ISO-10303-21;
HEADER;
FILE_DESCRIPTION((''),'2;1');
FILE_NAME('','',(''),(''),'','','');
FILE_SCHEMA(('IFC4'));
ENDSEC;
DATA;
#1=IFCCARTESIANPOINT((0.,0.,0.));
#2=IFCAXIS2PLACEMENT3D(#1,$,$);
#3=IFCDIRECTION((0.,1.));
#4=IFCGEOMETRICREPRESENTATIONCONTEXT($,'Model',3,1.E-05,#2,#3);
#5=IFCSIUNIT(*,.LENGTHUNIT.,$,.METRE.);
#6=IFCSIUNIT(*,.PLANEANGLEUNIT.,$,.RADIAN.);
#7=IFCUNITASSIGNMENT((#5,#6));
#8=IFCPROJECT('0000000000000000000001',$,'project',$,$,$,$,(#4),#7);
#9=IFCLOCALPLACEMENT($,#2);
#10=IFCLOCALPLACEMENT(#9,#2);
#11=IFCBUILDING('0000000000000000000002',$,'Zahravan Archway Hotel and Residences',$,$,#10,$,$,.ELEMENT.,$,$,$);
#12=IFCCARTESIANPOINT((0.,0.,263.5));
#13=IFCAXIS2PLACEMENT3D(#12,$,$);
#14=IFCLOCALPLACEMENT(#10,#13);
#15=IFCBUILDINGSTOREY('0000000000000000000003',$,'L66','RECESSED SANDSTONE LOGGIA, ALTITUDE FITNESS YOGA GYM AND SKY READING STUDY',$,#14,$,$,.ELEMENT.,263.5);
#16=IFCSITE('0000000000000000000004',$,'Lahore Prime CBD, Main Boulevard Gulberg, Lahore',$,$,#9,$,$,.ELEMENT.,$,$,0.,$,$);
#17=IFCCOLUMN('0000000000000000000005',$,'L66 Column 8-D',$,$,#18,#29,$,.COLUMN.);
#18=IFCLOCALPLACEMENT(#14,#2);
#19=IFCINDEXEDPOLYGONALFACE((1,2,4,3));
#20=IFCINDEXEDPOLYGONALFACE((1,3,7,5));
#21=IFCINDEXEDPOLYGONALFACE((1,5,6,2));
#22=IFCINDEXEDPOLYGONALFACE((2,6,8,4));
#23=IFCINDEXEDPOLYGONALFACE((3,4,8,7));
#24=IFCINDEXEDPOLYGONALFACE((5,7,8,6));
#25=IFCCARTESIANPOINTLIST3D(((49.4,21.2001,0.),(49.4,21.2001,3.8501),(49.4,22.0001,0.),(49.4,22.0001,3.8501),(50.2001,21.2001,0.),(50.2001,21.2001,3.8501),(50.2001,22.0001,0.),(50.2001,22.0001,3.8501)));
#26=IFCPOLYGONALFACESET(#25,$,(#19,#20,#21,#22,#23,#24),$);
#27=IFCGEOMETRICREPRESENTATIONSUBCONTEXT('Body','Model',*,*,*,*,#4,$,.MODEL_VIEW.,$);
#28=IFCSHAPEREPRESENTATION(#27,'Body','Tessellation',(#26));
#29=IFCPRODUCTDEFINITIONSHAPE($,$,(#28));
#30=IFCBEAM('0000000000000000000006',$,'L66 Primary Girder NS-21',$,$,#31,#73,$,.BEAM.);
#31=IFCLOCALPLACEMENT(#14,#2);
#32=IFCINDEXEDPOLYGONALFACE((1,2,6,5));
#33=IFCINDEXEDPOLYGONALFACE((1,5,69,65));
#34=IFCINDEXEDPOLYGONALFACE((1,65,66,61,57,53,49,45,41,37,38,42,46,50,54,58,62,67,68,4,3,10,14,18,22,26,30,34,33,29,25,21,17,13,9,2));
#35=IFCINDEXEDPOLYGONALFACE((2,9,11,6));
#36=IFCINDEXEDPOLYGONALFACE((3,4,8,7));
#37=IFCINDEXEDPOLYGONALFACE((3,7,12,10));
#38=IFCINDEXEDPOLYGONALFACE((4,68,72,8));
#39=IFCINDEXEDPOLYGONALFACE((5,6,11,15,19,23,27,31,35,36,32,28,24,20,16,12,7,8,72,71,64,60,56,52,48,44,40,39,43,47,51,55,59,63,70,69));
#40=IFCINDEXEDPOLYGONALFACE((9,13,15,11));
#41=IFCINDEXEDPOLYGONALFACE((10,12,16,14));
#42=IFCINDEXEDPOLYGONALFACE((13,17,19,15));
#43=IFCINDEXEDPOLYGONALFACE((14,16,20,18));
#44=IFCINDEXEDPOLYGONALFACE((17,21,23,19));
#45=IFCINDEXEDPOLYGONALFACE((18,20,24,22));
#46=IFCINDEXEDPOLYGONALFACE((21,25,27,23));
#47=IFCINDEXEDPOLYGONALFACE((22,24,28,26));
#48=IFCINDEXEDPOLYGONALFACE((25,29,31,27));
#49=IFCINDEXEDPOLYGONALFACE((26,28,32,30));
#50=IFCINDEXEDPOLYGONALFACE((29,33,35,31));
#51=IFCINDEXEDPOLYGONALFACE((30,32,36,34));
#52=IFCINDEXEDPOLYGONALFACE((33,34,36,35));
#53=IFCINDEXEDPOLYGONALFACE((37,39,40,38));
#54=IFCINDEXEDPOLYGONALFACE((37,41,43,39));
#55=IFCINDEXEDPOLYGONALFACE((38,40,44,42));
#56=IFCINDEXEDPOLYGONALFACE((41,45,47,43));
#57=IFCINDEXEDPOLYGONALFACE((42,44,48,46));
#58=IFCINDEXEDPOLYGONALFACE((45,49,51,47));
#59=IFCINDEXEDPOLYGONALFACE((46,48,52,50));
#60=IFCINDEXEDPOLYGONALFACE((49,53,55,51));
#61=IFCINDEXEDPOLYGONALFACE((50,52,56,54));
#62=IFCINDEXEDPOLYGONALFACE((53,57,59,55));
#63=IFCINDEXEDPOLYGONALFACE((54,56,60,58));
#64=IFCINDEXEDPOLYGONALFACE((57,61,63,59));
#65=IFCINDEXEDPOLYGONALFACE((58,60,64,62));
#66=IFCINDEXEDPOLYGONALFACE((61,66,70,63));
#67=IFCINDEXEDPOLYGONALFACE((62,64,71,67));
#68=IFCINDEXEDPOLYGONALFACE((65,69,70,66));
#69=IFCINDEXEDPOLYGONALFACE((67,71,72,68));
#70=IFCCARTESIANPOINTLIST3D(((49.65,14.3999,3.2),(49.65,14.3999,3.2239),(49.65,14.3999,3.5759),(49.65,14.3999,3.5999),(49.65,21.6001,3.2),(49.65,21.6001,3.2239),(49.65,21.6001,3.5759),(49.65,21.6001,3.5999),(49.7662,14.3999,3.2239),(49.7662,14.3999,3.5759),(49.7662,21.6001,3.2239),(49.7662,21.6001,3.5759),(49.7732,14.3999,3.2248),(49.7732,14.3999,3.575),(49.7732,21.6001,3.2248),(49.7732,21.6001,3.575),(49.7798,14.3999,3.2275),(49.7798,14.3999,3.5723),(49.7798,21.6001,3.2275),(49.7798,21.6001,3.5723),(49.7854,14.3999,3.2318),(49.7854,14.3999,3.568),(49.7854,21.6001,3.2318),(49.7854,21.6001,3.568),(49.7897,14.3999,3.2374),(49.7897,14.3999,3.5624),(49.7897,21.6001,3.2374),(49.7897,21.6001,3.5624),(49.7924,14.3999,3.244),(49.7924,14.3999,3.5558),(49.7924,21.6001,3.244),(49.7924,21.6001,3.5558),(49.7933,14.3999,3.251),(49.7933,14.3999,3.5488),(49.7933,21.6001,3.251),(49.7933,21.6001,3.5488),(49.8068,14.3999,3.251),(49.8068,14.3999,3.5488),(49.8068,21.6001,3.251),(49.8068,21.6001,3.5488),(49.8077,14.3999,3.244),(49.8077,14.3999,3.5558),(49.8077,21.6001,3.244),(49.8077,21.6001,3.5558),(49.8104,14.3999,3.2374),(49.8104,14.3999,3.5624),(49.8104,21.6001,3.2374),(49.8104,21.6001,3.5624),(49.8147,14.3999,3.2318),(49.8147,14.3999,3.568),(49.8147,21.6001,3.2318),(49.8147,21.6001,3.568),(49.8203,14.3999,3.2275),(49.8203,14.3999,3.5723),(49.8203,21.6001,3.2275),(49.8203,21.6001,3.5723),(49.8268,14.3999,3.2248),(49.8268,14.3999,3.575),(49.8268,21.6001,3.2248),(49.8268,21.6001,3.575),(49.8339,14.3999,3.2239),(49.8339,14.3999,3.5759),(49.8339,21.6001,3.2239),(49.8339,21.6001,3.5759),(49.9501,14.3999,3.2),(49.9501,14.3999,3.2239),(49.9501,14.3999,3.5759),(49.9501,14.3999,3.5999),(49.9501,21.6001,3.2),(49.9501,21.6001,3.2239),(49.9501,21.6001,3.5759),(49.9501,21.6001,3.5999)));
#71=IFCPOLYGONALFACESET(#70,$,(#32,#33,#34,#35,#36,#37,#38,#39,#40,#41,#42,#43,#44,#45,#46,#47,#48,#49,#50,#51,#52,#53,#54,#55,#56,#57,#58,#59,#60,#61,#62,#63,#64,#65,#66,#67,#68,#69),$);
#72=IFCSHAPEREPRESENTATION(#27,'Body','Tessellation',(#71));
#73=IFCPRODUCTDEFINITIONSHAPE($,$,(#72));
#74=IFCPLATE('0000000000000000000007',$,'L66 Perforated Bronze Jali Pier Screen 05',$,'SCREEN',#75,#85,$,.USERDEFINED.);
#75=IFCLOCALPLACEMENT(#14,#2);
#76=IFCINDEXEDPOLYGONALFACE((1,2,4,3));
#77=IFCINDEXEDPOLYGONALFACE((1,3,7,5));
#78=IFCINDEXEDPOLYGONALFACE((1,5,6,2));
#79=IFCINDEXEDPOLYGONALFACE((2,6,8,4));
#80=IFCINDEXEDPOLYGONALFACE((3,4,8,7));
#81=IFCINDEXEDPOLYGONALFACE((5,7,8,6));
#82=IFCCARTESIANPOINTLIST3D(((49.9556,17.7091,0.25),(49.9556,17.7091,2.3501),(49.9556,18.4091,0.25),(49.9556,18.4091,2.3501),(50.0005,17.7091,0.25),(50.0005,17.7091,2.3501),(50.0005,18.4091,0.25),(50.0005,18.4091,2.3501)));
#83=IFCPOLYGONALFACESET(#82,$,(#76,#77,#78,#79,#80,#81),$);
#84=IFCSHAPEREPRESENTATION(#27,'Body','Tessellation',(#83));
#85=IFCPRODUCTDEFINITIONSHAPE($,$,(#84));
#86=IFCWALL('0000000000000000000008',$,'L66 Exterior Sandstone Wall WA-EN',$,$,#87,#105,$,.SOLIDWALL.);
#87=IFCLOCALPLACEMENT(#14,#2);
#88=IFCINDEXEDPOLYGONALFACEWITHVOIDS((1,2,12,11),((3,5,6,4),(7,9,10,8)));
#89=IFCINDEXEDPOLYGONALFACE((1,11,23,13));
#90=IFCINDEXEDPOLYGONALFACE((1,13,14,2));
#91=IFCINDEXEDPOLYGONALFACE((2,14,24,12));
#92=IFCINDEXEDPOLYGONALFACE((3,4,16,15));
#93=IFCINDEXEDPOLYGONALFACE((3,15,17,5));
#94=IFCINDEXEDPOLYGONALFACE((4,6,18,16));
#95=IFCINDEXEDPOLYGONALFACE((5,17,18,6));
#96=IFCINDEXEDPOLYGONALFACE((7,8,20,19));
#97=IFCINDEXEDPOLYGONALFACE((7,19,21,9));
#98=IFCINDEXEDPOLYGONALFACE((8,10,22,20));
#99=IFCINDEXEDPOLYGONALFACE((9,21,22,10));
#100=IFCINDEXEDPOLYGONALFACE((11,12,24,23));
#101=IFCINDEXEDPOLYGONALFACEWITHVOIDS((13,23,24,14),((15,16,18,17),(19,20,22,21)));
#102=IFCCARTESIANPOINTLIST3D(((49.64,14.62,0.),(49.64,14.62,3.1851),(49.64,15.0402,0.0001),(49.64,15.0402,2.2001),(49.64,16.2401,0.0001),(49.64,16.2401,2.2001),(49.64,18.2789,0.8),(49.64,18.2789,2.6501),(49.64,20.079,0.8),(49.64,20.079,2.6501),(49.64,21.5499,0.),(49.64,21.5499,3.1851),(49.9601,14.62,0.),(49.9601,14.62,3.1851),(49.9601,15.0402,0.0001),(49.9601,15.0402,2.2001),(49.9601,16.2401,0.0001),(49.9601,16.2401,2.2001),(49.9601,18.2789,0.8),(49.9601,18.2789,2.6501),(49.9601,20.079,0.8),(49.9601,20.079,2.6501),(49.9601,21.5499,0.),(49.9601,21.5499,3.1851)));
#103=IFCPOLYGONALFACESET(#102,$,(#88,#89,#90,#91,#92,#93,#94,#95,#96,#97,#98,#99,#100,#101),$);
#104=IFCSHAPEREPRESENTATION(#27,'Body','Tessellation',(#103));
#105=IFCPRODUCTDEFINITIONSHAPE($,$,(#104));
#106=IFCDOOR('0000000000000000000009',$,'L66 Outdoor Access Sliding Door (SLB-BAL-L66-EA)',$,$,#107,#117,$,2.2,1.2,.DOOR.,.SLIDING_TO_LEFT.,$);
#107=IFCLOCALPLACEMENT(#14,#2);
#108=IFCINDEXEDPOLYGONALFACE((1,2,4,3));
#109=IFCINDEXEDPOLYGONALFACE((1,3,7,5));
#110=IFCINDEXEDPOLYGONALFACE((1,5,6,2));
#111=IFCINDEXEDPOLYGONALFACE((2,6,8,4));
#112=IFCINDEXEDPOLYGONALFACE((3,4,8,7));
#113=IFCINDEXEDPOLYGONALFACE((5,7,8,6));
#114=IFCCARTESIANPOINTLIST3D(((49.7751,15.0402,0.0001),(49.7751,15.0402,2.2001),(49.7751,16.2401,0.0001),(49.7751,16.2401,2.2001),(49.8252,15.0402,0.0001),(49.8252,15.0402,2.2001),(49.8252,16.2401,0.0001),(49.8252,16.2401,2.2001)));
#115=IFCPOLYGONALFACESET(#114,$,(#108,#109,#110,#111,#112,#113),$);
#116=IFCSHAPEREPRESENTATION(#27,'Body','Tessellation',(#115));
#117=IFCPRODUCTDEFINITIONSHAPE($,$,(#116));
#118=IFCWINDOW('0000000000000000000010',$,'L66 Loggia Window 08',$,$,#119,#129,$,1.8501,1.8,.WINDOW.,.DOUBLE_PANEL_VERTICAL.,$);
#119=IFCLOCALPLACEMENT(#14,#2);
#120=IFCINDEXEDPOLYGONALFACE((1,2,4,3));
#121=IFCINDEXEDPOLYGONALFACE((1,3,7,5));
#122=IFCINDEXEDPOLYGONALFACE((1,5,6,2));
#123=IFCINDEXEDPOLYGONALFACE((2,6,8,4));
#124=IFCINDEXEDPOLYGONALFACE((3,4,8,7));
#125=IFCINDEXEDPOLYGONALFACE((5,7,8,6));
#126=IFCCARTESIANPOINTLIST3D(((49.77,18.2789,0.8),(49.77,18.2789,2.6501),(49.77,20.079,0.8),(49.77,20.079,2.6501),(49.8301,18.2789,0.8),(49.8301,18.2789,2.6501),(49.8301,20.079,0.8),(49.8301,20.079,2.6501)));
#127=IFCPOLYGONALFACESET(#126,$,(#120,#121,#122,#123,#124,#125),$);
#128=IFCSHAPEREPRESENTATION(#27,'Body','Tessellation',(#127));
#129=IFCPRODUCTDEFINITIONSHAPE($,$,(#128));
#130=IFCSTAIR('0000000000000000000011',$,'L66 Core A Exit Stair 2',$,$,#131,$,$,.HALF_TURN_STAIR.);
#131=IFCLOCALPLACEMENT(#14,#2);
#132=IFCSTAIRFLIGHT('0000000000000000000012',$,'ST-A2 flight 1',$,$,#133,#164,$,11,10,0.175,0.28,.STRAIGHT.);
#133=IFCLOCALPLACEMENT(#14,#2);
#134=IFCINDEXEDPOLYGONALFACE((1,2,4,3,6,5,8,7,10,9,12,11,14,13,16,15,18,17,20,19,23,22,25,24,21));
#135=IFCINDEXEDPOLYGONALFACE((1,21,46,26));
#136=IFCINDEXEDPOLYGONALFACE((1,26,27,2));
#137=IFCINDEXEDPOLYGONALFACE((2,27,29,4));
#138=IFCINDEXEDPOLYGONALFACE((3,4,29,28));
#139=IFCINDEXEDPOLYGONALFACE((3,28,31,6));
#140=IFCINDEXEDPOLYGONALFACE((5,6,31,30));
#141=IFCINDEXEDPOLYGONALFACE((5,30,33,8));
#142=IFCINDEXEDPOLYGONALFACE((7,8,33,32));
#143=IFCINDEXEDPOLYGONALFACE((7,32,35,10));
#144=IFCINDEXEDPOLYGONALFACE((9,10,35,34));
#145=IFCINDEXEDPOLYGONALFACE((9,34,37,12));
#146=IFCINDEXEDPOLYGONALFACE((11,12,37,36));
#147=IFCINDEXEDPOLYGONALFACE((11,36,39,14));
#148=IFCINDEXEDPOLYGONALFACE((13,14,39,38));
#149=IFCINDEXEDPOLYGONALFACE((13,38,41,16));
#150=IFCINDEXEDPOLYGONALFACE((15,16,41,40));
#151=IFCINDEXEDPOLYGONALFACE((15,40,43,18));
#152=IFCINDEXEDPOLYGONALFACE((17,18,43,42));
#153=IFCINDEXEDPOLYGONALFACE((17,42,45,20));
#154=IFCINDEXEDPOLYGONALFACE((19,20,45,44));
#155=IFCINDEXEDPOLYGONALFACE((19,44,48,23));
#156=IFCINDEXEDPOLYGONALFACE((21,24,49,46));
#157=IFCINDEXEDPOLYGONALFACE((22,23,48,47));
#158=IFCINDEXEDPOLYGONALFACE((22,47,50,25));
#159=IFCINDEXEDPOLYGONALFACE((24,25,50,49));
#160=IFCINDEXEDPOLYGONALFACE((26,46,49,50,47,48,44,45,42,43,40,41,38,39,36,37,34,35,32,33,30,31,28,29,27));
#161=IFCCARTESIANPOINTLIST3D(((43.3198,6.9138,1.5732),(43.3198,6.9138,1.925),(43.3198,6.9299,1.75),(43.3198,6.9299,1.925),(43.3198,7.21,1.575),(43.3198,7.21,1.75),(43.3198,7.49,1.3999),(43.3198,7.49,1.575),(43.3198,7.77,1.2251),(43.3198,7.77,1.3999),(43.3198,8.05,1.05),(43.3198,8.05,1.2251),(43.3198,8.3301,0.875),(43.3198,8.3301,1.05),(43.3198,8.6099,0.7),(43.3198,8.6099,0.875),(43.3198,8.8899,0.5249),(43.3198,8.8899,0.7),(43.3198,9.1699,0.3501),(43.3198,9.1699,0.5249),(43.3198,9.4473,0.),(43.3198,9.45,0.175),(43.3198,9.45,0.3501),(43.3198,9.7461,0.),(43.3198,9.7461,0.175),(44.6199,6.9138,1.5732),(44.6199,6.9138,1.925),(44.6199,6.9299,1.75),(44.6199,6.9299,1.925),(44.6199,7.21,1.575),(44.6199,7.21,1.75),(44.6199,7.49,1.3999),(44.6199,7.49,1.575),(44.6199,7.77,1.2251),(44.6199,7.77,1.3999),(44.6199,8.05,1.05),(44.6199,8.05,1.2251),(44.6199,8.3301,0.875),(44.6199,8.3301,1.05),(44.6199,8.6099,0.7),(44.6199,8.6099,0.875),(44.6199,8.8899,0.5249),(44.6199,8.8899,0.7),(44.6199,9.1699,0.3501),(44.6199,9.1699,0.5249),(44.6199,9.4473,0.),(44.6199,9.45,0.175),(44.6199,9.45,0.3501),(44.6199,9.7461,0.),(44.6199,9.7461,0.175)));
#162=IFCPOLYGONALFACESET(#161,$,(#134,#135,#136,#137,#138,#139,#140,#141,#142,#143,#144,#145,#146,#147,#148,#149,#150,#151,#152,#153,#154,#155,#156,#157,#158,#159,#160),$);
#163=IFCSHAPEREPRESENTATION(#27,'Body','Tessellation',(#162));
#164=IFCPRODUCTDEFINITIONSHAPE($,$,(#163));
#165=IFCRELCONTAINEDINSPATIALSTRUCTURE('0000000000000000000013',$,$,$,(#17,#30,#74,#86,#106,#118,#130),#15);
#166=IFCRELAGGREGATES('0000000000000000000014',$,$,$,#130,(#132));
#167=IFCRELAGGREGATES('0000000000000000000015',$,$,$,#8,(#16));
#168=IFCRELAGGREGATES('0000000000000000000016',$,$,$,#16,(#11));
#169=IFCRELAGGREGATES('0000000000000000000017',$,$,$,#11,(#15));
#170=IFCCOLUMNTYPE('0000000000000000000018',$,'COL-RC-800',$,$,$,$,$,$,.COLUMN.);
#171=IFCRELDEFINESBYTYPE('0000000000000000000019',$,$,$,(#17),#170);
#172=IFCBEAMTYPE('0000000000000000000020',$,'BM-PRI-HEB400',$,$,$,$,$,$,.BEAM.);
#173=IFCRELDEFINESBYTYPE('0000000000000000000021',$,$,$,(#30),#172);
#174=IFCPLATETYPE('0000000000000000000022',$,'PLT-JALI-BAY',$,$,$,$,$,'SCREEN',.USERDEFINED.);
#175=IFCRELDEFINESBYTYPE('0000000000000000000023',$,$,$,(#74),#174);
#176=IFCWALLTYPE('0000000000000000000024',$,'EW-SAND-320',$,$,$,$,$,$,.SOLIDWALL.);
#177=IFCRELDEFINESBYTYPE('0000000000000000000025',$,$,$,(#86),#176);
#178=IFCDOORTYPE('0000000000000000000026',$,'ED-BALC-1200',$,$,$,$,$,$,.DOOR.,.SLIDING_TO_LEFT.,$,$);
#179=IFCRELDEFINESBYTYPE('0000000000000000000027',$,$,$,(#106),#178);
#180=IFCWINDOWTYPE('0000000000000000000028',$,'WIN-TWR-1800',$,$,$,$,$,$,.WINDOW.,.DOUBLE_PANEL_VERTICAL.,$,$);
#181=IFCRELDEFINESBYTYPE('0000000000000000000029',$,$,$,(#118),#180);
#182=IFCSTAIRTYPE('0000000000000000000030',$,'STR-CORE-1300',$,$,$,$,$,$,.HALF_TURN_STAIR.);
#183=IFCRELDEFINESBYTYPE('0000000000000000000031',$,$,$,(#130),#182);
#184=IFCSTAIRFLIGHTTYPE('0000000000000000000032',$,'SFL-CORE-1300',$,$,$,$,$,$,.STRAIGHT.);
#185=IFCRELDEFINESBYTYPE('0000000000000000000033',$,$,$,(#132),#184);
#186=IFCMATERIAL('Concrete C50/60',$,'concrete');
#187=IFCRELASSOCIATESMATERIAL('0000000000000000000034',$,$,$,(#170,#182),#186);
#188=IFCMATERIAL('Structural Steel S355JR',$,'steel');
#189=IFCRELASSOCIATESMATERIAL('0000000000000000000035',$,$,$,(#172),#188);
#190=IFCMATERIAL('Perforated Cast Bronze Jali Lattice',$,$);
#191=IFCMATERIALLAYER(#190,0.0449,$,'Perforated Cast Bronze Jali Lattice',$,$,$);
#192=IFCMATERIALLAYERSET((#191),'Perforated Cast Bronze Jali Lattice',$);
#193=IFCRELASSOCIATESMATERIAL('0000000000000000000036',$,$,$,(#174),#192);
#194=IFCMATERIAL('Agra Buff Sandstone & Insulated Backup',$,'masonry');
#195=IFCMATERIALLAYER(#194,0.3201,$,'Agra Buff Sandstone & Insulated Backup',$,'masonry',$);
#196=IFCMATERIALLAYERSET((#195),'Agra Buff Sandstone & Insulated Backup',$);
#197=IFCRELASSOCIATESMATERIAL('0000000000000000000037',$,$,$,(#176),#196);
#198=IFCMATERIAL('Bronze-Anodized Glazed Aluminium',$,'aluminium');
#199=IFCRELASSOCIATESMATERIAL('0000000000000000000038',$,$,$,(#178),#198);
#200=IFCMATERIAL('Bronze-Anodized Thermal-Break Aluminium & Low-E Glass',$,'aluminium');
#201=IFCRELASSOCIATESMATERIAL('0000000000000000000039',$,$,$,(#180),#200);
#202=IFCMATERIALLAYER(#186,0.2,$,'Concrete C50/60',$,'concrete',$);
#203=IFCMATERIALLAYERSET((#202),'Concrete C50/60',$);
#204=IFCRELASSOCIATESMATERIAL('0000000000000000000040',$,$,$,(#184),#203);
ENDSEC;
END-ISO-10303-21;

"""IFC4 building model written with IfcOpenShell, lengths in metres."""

from ifc_helpers import new_model, si_unit, direction, frame, frame_2d, origin, origin_2d, place, context, subcontext, project, spatial, polyline, rectangle, i_section, outline, extrude, source, transform, mapped, material, layer, layer_set, material_profile, profile_set, type_object, type_shapes, element, fill, aggregate, save


model = new_model("IFC4")

# Units and contexts
model_context = context("Model", 3, precision=1e-05, world=origin(), true_north=direction((0.0, 1.0)))
body_context = subcontext(model_context, "Body", "Model", "MODEL_VIEW")
ifc_project = project(units=[si_unit("LENGTHUNIT", "METRE"), si_unit("PLANEANGLEUNIT", "RADIAN")], contexts=[model_context])

# Site, building, storey
site_placement = place(None, origin())
site = spatial("IfcSite", under=ifc_project, at=site_placement, Name="Lahore Prime CBD, Main Boulevard Gulberg, Lahore", CompositionType="ELEMENT", RefElevation=0.0)
building_placement = place(site_placement, origin())
building = spatial("IfcBuilding", under=site, at=building_placement, Name="Zahravan Archway Hotel and Residences", CompositionType="ELEMENT")
storey_placement = place(building_placement, frame((0.0, 0.0, 263.5)))
storey = spatial("IfcBuildingStorey", under=building, at=storey_placement, Name="L66", Description="RECESSED SANDSTONE LOGGIA, ALTITUDE FITNESS YOGA GYM AND SKY READING STUDY", CompositionType="ELEMENT", Elevation=263.5)

# Column
ifc_material_1 = material(Name="Concrete C50/60", Category="concrete")
ifc_material_profile_1 = material_profile(ifc_material_1, rectangle(XDim=0.8, YDim=0.8, at=origin_2d()), Name="RC-COL-800x800", Category="concrete")
ifc_profile_set_1 = profile_set([ifc_material_profile_1], Name="Concrete C50/60")
column_type = type_object("IfcColumnType", Name="COL-RC-800", PredefinedType="COLUMN", material=ifc_profile_set_1)
shared_shape_1 = source(origin(), body_context, "Body", "SweptSolid", [
    extrude(rectangle(XDim=0.8, YDim=0.8, at=origin_2d()), origin(), (0.0, 0.0, 1.0), 3.8501),
])
column_placement = place(storey_placement, frame((49.8, 21.6001, 0.0), z_axis=(0.0, 0.0, 1.0), x_axis=(1.0, 0.0, 0.0)))
element("IfcColumn", 1, at=column_placement, inside=storey, type_object=column_type, Name="L66 Column 8-D", PredefinedType="COLUMN", context=body_context, shape_type="MappedRepresentation", body=[
    mapped(shared_shape_1, transform((0.0, 0.0, 0.0), scale=1.0)),
])

# Beam
ifc_material_2 = material(Name="Structural Steel S355JR", Category="steel")
ifc_material_profile_2 = material_profile(ifc_material_2, i_section(OverallWidth=0.3, OverallDepth=0.3999, WebThickness=0.0134, FlangeThickness=0.0239, FilletRadius=0.0271, at=origin_2d()), Name="HEB 400", Category="steel")
ifc_profile_set_2 = profile_set([ifc_material_profile_2], Name="Structural Steel S355JR")
beam_type = type_object("IfcBeamType", Name="BM-PRI-HEB400", PredefinedType="BEAM", material=ifc_profile_set_2)
shared_shape_2 = source(origin(), body_context, "Body", "SweptSolid", [
    extrude(i_section(OverallWidth=0.3, OverallDepth=0.3999, WebThickness=0.0134, FlangeThickness=0.0239, FilletRadius=0.0271, at=origin_2d()), origin(), (0.0, 0.0, 1.0), 7.2002),
])
beam_placement = place(storey_placement, frame((49.8, 14.3999, 3.3999), z_axis=(0.0, 1.0, 0.0), x_axis=(-1.0, 0.0, 0.0)))
element("IfcBeam", 2, at=beam_placement, inside=storey, type_object=beam_type, Name="L66 Primary Girder NS-21", PredefinedType="BEAM", context=body_context, shape_type="MappedRepresentation", body=[
    mapped(shared_shape_2, transform((0.0, 0.0, 0.0), scale=1.0)),
])

# Plate
ifc_material_3 = material(Name="Perforated Cast Bronze Jali Lattice")
ifc_layer_1 = layer(ifc_material_3, 0.0449, Name="Perforated Cast Bronze Jali Lattice")
ifc_layer_set_1 = layer_set([ifc_layer_1], Name="Perforated Cast Bronze Jali Lattice")
plate_type = type_object("IfcPlateType", Name="PLT-JALI-BAY", ElementType="SCREEN", PredefinedType="USERDEFINED", material=ifc_layer_set_1)
shared_shape_3 = source(origin(), body_context, "Body", "SweptSolid", [
    extrude(rectangle(XDim=0.7, YDim=0.0449, at=origin_2d()), origin(), (0.0, 0.0, 1.0), 2.1001),
])
type_shapes(plate_type, [shared_shape_3])
plate_placement = place(storey_placement, frame((49.978, 18.0591, 0.25), z_axis=(0.0, 0.0, 1.0), x_axis=(0.0, 1.0, 0.0)))
element("IfcPlate", 3, at=plate_placement, inside=storey, type_object=plate_type, Name="L66 Perforated Bronze Jali Pier Screen 05", ObjectType="SCREEN", PredefinedType="USERDEFINED", context=body_context, shape_type="MappedRepresentation", body=[
    mapped(shared_shape_3, transform((0.0, 0.0, 0.0), scale=1.0)),
])

# Wall, openings, door, window
ifc_material_4 = material(Name="Agra Buff Sandstone & Insulated Backup", Category="masonry")
ifc_layer_2 = layer(ifc_material_4, 0.3201, Name="Agra Buff Sandstone & Insulated Backup", Category="masonry")
ifc_layer_set_2 = layer_set([ifc_layer_2], Name="Agra Buff Sandstone & Insulated Backup")
wall_type_1 = type_object("IfcWallType", Name="EW-SAND-320", PredefinedType="SOLIDWALL", material=ifc_layer_set_2)
wall_1_placement = place(storey_placement, frame((49.8, 14.6201, 0.0), z_axis=(0.0, 0.0, 1.0), x_axis=(0.0, 1.0, 0.0)))
wall_1 = element("IfcWall", 4, at=wall_1_placement, inside=storey, type_object=wall_type_1, Name="L66 Exterior Sandstone Wall WA-EN", PredefinedType="SOLIDWALL", context=body_context, shape_type="SweptSolid", body=[
    extrude(rectangle(XDim=6.9299, YDim=0.3201, at=frame_2d((3.4648, 0.0))), origin(), (0.0, 0.0, 1.0), 3.1851),
])
opening_1_placement = place(wall_1_placement, frame((0.4199, 0.0, 0.0)))
opening_1 = element("IfcOpeningElement", 5, at=opening_1_placement, cuts=wall_1, PredefinedType="OPENING", context=body_context, shape_type="SweptSolid", body=[
    extrude(rectangle(XDim=1.2, YDim=2.2, at=frame_2d((0.6001, 1.1001))), frame((0.0, 0.1699, 0.0), z_axis=(0.0, -1.0, 0.0), x_axis=(1.0, 0.0, 0.0)), (0.0, 0.0, 1.0), 0.3401),
])
opening_2_placement = place(wall_1_placement, frame((3.6589, 0.0, 0.8)))
opening_2 = element("IfcOpeningElement", 6, at=opening_2_placement, cuts=wall_1, PredefinedType="OPENING", context=body_context, shape_type="SweptSolid", body=[
    extrude(rectangle(XDim=1.8, YDim=1.8501, at=frame_2d((0.8999, 0.925))), frame((0.0, 0.1699, 0.0), z_axis=(0.0, -1.0, 0.0), x_axis=(1.0, 0.0, 0.0)), (0.0, 0.0, 1.0), 0.3401),
])
ifc_material_5 = material(Name="Bronze-Anodized Glazed Aluminium", Category="aluminium")
door_type_1 = type_object("IfcDoorType", Name="ED-BALC-1200", OperationType="SLIDING_TO_LEFT", PredefinedType="DOOR", material=ifc_material_5)
shared_shape_4 = source(origin(), body_context, "Body", "SweptSolid", [
    extrude(rectangle(XDim=1.2, YDim=2.2, at=frame_2d((0.6001, 1.1001))), frame((0.0, 0.0249, 0.0), z_axis=(0.0, -1.0, 0.0), x_axis=(1.0, 0.0, 0.0)), (0.0, 0.0, 1.0), 0.05),
])
type_shapes(door_type_1, [shared_shape_4])
door_1_placement = place(opening_1_placement, origin())
door_1 = element("IfcDoor", 7, at=door_1_placement, inside=storey, type_object=door_type_1, Name="L66 Outdoor Access Sliding Door (SLB-BAL-L66-EA)", OperationType="SLIDING_TO_LEFT", OverallHeight=2.2, OverallWidth=1.2, PredefinedType="DOOR", context=body_context, shape_type="MappedRepresentation", body=[
    mapped(shared_shape_4, transform((0.0, 0.0, 0.0), scale=1.0)),
])
fill(opening_1, door_1)
ifc_material_6 = material(Name="Bronze-Anodized Thermal-Break Aluminium & Low-E Glass", Category="aluminium")
window_type = type_object("IfcWindowType", Name="WIN-TWR-1800", PartitioningType="DOUBLE_PANEL_VERTICAL", PredefinedType="WINDOW", material=ifc_material_6)
shared_shape_5 = source(origin(), body_context, "Body", "SweptSolid", [
    extrude(rectangle(XDim=1.8, YDim=1.8501, at=frame_2d((0.8999, 0.925))), frame((0.0, 0.03, 0.0), z_axis=(0.0, -1.0, 0.0), x_axis=(1.0, 0.0, 0.0)), (0.0, 0.0, 1.0), 0.0601),
])
type_shapes(window_type, [shared_shape_5])
window_placement = place(opening_2_placement, origin())
window = element("IfcWindow", 8, at=window_placement, inside=storey, type_object=window_type, Name="L66 Loggia Window 08", OverallHeight=1.8501, OverallWidth=1.8, PartitioningType="DOUBLE_PANEL_VERTICAL", PredefinedType="WINDOW", context=body_context, shape_type="MappedRepresentation", body=[
    mapped(shared_shape_5, transform((0.0, 0.0, 0.0), scale=1.0)),
])
fill(opening_2, window)

# Stair, stair flight
stair_type = type_object("IfcStairType", Name="STR-CORE-1300", PredefinedType="HALF_TURN_STAIR", material=ifc_material_1)
stair_1_placement = place(storey_placement, origin())
stair_1 = element("IfcStair", 9, at=stair_1_placement, inside=storey, type_object=stair_type, Name="L66 Core A Exit Stair 2", PredefinedType="HALF_TURN_STAIR")
ifc_layer_3 = layer(ifc_material_1, 0.2, Name="Concrete C50/60", Category="concrete")
ifc_layer_set_3 = layer_set([ifc_layer_3], Name="Concrete C50/60")
stair_flight_type = type_object("IfcStairFlightType", Name="SFL-CORE-1300", PredefinedType="STRAIGHT", material=ifc_layer_set_3)
shared_shape_6 = source(origin(), body_context, "Body", "SweptSolid", [
    extrude(outline(polyline([(-0.0161, 0.0), (-0.0161, 0.175), (0.28, 0.175), (0.28, 0.3501), (0.5601, 0.3501), (0.5601, 0.5249), (0.8401, 0.5249), (0.8401, 0.7), (1.1201, 0.7), (1.1201, 0.875), (1.3999, 0.875), (1.3999, 1.05), (1.6799, 1.05), (1.6799, 1.2251), (1.96, 1.2251), (1.96, 1.3999), (2.24, 1.3999), (2.24, 1.575), (2.52, 1.575), (2.52, 1.75), (2.8, 1.75), (2.8, 1.925), (2.8162, 1.925), (2.8162, 1.5732), (0.2827, 0.0), (-0.0161, 0.0)])), frame((0.0, 0.6499, 0.0), z_axis=(0.0, -1.0, 0.0), x_axis=(1.0, 0.0, 0.0)), (0.0, 0.0, 1.0), 1.3),
])
stair_flight_1_placement = place(storey_placement, frame((43.97, 9.73, 0.0), z_axis=(0.0, 0.0, 1.0), x_axis=(0.0, -1.0, 0.0)))
stair_flight_1 = element("IfcStairFlight", 10, at=stair_flight_1_placement, type_object=stair_flight_type, Name="ST-A2 flight 1", NumberOfRisers=11, NumberOfTreads=10, PredefinedType="STRAIGHT", RiserHeight=0.175, TreadLength=0.28, context=body_context, shape_type="MappedRepresentation", body=[
    mapped(shared_shape_6, transform((0.0, 0.0, 0.0), scale=1.0)),
])
aggregate(stair_1, [stair_flight_1])

save(model, "model.ifc")
